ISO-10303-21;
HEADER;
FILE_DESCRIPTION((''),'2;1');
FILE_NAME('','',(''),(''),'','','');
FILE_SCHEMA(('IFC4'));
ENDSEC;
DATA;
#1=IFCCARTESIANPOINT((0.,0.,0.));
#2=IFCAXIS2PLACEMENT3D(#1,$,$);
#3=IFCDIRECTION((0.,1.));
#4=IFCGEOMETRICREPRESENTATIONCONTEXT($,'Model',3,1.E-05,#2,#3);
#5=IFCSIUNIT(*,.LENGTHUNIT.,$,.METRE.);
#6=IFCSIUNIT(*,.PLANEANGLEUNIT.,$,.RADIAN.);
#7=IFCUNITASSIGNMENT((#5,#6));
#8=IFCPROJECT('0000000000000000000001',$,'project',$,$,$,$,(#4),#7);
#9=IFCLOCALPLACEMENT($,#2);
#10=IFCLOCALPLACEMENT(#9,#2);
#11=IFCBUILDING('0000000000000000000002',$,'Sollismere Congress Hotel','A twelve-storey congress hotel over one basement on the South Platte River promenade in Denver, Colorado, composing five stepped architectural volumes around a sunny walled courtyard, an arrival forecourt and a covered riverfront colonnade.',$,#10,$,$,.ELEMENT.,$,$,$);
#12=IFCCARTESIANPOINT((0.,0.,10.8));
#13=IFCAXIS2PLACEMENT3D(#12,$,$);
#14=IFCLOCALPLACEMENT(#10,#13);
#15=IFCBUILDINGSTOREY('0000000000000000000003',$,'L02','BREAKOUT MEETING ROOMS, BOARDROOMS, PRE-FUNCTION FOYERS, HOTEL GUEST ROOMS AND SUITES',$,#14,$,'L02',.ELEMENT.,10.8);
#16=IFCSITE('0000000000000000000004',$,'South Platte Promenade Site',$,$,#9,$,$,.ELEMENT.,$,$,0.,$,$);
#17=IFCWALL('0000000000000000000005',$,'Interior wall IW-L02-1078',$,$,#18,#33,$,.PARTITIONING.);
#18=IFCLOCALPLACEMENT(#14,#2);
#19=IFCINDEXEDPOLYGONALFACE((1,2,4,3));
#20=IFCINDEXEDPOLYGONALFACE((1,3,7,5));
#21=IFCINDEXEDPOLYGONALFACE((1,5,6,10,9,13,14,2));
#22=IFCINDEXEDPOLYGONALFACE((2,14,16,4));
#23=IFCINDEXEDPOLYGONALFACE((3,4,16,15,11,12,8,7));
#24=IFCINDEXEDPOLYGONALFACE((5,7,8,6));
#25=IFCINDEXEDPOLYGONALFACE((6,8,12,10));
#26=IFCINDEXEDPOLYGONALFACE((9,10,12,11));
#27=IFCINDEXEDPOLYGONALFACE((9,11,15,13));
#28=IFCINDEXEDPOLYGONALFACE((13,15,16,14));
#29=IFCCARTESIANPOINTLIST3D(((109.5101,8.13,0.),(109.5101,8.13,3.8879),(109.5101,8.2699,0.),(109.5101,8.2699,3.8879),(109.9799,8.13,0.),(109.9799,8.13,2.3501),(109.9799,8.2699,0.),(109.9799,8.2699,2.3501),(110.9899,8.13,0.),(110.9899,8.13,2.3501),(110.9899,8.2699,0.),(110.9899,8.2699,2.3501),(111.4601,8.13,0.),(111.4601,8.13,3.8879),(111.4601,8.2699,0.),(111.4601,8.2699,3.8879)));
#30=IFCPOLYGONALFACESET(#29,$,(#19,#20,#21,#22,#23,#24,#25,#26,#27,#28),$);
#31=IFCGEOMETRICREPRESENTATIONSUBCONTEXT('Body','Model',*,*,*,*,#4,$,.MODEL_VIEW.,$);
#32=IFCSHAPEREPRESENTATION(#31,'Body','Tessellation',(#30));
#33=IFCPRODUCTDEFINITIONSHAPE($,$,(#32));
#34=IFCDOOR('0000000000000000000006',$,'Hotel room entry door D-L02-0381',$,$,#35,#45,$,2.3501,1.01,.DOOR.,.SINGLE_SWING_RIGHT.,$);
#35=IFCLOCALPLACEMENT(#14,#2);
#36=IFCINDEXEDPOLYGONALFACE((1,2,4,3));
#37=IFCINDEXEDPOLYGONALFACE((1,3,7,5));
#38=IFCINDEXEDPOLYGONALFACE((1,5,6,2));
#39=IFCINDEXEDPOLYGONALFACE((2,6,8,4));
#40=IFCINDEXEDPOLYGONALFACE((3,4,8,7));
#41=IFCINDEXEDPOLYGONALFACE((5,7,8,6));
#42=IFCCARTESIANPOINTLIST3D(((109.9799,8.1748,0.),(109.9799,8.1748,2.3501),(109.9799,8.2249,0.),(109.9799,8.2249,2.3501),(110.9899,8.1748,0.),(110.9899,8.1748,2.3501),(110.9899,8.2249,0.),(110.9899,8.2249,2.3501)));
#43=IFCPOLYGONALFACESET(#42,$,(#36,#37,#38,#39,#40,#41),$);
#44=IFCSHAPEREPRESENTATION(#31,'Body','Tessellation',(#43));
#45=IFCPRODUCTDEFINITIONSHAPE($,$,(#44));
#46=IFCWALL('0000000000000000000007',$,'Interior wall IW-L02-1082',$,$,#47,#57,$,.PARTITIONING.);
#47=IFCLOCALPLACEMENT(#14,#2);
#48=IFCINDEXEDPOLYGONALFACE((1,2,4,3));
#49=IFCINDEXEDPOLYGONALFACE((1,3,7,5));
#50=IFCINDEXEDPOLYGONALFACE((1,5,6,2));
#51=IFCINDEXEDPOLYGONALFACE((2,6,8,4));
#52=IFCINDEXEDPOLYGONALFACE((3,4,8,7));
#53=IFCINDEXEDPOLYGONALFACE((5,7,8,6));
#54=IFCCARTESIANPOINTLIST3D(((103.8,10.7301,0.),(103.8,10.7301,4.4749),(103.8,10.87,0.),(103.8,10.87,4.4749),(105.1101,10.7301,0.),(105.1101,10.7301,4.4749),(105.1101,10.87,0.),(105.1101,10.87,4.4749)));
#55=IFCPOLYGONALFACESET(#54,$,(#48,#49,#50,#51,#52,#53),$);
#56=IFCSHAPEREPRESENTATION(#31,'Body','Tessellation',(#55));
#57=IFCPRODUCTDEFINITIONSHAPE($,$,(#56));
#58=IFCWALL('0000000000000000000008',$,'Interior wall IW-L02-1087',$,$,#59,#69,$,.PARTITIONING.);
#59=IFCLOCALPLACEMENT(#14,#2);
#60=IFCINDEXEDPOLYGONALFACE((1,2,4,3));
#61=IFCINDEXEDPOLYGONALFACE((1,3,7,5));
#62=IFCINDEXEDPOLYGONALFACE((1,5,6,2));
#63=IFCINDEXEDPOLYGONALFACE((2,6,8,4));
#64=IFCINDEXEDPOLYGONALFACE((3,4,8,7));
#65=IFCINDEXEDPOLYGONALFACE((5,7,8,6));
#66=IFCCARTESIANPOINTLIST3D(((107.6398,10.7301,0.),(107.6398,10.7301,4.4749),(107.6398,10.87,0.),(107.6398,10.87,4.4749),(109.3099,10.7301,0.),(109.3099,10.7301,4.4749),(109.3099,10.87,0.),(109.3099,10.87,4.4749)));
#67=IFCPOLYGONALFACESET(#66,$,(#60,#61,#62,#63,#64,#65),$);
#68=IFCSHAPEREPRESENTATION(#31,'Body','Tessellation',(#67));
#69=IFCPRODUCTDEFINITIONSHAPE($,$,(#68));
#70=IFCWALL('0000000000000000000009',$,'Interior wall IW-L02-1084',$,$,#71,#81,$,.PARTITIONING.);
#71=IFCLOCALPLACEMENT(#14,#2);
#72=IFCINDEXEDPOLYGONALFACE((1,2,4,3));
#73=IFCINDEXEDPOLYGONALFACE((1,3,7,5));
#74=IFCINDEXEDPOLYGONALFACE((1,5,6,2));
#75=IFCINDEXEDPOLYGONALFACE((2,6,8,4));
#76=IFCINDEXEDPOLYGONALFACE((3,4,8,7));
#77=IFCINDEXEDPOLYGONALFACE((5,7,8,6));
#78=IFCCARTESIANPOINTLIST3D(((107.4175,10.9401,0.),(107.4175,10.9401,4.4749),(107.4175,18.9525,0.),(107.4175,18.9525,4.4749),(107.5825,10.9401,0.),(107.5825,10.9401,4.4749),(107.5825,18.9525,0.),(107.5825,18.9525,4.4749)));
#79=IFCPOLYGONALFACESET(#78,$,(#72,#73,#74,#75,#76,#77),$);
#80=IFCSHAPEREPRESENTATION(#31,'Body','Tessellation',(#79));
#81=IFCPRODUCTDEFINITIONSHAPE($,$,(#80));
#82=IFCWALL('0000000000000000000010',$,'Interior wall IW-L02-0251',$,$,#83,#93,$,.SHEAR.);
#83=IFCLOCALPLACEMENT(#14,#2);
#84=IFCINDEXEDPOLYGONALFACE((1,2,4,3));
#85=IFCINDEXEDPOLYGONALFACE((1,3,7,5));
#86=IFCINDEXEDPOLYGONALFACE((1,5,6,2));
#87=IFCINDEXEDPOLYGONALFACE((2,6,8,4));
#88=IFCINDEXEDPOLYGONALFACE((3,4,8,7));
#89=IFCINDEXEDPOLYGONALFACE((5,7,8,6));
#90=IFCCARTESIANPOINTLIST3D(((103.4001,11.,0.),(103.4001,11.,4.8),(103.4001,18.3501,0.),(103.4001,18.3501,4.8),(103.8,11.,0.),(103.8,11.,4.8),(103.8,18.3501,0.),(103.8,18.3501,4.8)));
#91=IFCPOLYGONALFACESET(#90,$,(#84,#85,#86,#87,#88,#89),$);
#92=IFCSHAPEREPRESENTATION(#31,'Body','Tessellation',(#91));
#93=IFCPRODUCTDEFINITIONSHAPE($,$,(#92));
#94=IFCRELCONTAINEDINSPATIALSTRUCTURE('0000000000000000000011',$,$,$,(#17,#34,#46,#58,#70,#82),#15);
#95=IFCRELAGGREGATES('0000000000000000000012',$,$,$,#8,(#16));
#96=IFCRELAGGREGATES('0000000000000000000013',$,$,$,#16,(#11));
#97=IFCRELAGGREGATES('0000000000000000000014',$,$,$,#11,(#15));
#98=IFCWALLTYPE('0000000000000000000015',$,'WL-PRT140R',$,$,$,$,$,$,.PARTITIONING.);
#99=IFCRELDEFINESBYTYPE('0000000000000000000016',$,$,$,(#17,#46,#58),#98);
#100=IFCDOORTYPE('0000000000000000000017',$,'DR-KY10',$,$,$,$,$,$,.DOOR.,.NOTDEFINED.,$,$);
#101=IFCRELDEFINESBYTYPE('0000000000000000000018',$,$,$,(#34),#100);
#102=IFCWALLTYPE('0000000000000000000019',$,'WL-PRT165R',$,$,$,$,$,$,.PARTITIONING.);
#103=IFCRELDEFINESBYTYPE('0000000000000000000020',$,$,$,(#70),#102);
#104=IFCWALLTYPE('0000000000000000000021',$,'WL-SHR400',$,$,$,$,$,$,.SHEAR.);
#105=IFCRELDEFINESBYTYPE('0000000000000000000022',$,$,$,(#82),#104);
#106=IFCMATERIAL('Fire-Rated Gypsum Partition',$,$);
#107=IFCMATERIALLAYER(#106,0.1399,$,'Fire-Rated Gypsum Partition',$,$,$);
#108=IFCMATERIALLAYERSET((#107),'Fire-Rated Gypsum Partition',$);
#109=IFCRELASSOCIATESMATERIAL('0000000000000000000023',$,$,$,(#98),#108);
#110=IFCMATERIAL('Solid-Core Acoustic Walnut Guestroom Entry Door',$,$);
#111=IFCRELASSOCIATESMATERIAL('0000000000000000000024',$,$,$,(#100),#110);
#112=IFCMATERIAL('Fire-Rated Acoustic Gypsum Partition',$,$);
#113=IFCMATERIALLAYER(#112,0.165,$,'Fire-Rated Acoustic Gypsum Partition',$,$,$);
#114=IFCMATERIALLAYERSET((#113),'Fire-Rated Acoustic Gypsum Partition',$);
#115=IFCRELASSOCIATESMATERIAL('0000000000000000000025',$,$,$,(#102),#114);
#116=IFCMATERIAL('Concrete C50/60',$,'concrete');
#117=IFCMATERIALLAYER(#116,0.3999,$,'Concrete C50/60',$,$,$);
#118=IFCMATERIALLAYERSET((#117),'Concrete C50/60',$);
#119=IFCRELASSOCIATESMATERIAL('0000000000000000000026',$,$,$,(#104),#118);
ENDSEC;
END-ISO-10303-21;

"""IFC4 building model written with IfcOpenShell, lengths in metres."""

from ifc_helpers import new_model, si_unit, direction, frame, frame_2d, origin, place, context, subcontext, project, spatial, rectangle, extrude, material, layer, layer_set, type_object, element, fill, save


model = new_model("IFC4")

# Units and contexts
model_context = context("Model", 3, precision=1e-05, world=origin(), true_north=direction((0.0, 1.0)))
body_context = subcontext(model_context, "Body", "Model", "MODEL_VIEW")
ifc_project = project(units=[si_unit("LENGTHUNIT", "METRE"), si_unit("PLANEANGLEUNIT", "RADIAN")], contexts=[model_context])

# Site, building, storey
site_placement = place(None, origin())
site = spatial("IfcSite", under=ifc_project, at=site_placement, Name="South Platte Promenade Site", CompositionType="ELEMENT", RefElevation=0.0)
building_placement = place(site_placement, origin())
building = spatial("IfcBuilding", under=site, at=building_placement, Name="Sollismere Congress Hotel", Description="A twelve-storey congress hotel over one basement on the South Platte River promenade in Denver, Colorado, composing five stepped architectural volumes around a sunny walled courtyard, an arrival forecourt and a covered riverfront colonnade.", CompositionType="ELEMENT")
storey_placement = place(building_placement, frame((0.0, 0.0, 10.8)))
storey = spatial("IfcBuildingStorey", under=building, at=storey_placement, Name="L02", Description="BREAKOUT MEETING ROOMS, BOARDROOMS, PRE-FUNCTION FOYERS, HOTEL GUEST ROOMS AND SUITES", LongName="L02", CompositionType="ELEMENT", Elevation=10.8)

# Shared definitions
ifc_material_1 = material(Name="Fire-Rated Gypsum Partition")
ifc_layer_1 = layer(ifc_material_1, 0.1399, Name="Fire-Rated Gypsum Partition")
ifc_layer_set_1 = layer_set([ifc_layer_1], Name="Fire-Rated Gypsum Partition")
wall_type_1 = type_object("IfcWallType", Name="WL-PRT140R", PredefinedType="PARTITIONING", material=ifc_layer_set_1)

# Shared definitions
ifc_material_2 = material(Name="Solid-Core Acoustic Walnut Guestroom Entry Door")

# Wall, opening, door
wall_1_placement = place(storey_placement, frame((109.51, 8.2, 0.0), z_axis=(0.0, 0.0, 1.0), x_axis=(1.0, 0.0, 0.0)))
wall_1 = element("IfcWall", 1, at=wall_1_placement, inside=storey, type_object=wall_type_1, Name="Interior wall IW-L02-1078", PredefinedType="PARTITIONING", context=body_context, shape_type="SweptSolid", body=[
    extrude(rectangle(XDim=1.95, YDim=0.1399, at=frame_2d((0.9751, 0.0))), origin(), (0.0, 0.0, 1.0), 3.8879),
])
opening_1_placement = place(wall_1_placement, frame((0.47, 0.0, 0.0)))
opening_1 = element("IfcOpeningElement", 2, at=opening_1_placement, cuts=wall_1, PredefinedType="OPENING", context=body_context, shape_type="SweptSolid", body=[
    extrude(rectangle(XDim=1.01, YDim=2.3501, at=frame_2d((0.5049, 1.175))), frame((0.0, 0.0798, 0.0), z_axis=(0.0, -1.0, 0.0), x_axis=(1.0, 0.0, 0.0)), (0.0, 0.0, 1.0), 0.1599),
])
door_type_1 = type_object("IfcDoorType", Name="DR-KY10", OperationType="NOTDEFINED", PredefinedType="DOOR", material=ifc_material_2)
door_1_placement = place(opening_1_placement, origin())
door_1 = element("IfcDoor", 3, at=door_1_placement, inside=storey, type_object=door_type_1, Name="Hotel room entry door D-L02-0381", OperationType="SINGLE_SWING_RIGHT", OverallHeight=2.3501, OverallWidth=1.01, PredefinedType="DOOR", context=body_context, shape_type="SweptSolid", body=[
    extrude(rectangle(XDim=1.01, YDim=2.3501, at=frame_2d((0.5049, 1.175))), frame((0.0, 0.0249, 0.0), z_axis=(0.0, -1.0, 0.0), x_axis=(1.0, 0.0, 0.0)), (0.0, 0.0, 1.0), 0.05),
])
fill(opening_1, door_1)

# Wall
wall_2_placement = place(storey_placement, frame((103.8, 10.8, 0.0), z_axis=(0.0, 0.0, 1.0), x_axis=(1.0, 0.0, 0.0)))
element("IfcWall", 4, at=wall_2_placement, inside=storey, type_object=wall_type_1, Name="Interior wall IW-L02-1082", PredefinedType="PARTITIONING", context=body_context, shape_type="SweptSolid", body=[
    extrude(rectangle(XDim=1.3101, YDim=0.1399, at=frame_2d((0.655, 0.0))), origin(), (0.0, 0.0, 1.0), 4.4749),
])

# Wall
wall_3_placement = place(storey_placement, frame((107.6399, 10.8, 0.0), z_axis=(0.0, 0.0, 1.0), x_axis=(1.0, 0.0, 0.0)))
element("IfcWall", 5, at=wall_3_placement, inside=storey, type_object=wall_type_1, Name="Interior wall IW-L02-1087", PredefinedType="PARTITIONING", context=body_context, shape_type="SweptSolid", body=[
    extrude(rectangle(XDim=1.6702, YDim=0.1399, at=frame_2d((0.835, 0.0))), origin(), (0.0, 0.0, 1.0), 4.4749),
])

# Walls
ifc_material_3 = material(Name="Fire-Rated Acoustic Gypsum Partition")
ifc_layer_2 = layer(ifc_material_3, 0.165, Name="Fire-Rated Acoustic Gypsum Partition")
ifc_layer_set_2 = layer_set([ifc_layer_2], Name="Fire-Rated Acoustic Gypsum Partition")
wall_type_2 = type_object("IfcWallType", Name="WL-PRT165R", PredefinedType="PARTITIONING", material=ifc_layer_set_2)
wall_4_placement = place(storey_placement, frame((107.5, 10.9399, 0.0), z_axis=(0.0, 0.0, 1.0), x_axis=(0.0, 1.0, 0.0)))
element("IfcWall", 6, at=wall_4_placement, inside=storey, type_object=wall_type_2, Name="Interior wall IW-L02-1084", PredefinedType="PARTITIONING", context=body_context, shape_type="SweptSolid", body=[
    extrude(rectangle(XDim=8.0125, YDim=0.165, at=frame_2d((4.0063, 0.0))), origin(), (0.0, 0.0, 1.0), 4.4749),
])
ifc_material_4 = material(Name="Concrete C50/60", Category="concrete")
ifc_layer_3 = layer(ifc_material_4, 0.3999, Name="Concrete C50/60")
ifc_layer_set_3 = layer_set([ifc_layer_3], Name="Concrete C50/60")
wall_type_3 = type_object("IfcWallType", Name="WL-SHR400", PredefinedType="SHEAR", material=ifc_layer_set_3)
wall_5_placement = place(storey_placement, frame((103.6001, 11.0, 0.0), z_axis=(0.0, 0.0, 1.0), x_axis=(0.0, 1.0, 0.0)))
element("IfcWall", 7, at=wall_5_placement, inside=storey, type_object=wall_type_3, Name="Interior wall IW-L02-0251", PredefinedType="SHEAR", context=body_context, shape_type="SweptSolid", body=[
    extrude(rectangle(XDim=7.3501, YDim=0.3999, at=frame_2d((3.675, 0.0))), origin(), (0.0, 0.0, 1.0), 4.8),
])

save(model, "model.ifc")
